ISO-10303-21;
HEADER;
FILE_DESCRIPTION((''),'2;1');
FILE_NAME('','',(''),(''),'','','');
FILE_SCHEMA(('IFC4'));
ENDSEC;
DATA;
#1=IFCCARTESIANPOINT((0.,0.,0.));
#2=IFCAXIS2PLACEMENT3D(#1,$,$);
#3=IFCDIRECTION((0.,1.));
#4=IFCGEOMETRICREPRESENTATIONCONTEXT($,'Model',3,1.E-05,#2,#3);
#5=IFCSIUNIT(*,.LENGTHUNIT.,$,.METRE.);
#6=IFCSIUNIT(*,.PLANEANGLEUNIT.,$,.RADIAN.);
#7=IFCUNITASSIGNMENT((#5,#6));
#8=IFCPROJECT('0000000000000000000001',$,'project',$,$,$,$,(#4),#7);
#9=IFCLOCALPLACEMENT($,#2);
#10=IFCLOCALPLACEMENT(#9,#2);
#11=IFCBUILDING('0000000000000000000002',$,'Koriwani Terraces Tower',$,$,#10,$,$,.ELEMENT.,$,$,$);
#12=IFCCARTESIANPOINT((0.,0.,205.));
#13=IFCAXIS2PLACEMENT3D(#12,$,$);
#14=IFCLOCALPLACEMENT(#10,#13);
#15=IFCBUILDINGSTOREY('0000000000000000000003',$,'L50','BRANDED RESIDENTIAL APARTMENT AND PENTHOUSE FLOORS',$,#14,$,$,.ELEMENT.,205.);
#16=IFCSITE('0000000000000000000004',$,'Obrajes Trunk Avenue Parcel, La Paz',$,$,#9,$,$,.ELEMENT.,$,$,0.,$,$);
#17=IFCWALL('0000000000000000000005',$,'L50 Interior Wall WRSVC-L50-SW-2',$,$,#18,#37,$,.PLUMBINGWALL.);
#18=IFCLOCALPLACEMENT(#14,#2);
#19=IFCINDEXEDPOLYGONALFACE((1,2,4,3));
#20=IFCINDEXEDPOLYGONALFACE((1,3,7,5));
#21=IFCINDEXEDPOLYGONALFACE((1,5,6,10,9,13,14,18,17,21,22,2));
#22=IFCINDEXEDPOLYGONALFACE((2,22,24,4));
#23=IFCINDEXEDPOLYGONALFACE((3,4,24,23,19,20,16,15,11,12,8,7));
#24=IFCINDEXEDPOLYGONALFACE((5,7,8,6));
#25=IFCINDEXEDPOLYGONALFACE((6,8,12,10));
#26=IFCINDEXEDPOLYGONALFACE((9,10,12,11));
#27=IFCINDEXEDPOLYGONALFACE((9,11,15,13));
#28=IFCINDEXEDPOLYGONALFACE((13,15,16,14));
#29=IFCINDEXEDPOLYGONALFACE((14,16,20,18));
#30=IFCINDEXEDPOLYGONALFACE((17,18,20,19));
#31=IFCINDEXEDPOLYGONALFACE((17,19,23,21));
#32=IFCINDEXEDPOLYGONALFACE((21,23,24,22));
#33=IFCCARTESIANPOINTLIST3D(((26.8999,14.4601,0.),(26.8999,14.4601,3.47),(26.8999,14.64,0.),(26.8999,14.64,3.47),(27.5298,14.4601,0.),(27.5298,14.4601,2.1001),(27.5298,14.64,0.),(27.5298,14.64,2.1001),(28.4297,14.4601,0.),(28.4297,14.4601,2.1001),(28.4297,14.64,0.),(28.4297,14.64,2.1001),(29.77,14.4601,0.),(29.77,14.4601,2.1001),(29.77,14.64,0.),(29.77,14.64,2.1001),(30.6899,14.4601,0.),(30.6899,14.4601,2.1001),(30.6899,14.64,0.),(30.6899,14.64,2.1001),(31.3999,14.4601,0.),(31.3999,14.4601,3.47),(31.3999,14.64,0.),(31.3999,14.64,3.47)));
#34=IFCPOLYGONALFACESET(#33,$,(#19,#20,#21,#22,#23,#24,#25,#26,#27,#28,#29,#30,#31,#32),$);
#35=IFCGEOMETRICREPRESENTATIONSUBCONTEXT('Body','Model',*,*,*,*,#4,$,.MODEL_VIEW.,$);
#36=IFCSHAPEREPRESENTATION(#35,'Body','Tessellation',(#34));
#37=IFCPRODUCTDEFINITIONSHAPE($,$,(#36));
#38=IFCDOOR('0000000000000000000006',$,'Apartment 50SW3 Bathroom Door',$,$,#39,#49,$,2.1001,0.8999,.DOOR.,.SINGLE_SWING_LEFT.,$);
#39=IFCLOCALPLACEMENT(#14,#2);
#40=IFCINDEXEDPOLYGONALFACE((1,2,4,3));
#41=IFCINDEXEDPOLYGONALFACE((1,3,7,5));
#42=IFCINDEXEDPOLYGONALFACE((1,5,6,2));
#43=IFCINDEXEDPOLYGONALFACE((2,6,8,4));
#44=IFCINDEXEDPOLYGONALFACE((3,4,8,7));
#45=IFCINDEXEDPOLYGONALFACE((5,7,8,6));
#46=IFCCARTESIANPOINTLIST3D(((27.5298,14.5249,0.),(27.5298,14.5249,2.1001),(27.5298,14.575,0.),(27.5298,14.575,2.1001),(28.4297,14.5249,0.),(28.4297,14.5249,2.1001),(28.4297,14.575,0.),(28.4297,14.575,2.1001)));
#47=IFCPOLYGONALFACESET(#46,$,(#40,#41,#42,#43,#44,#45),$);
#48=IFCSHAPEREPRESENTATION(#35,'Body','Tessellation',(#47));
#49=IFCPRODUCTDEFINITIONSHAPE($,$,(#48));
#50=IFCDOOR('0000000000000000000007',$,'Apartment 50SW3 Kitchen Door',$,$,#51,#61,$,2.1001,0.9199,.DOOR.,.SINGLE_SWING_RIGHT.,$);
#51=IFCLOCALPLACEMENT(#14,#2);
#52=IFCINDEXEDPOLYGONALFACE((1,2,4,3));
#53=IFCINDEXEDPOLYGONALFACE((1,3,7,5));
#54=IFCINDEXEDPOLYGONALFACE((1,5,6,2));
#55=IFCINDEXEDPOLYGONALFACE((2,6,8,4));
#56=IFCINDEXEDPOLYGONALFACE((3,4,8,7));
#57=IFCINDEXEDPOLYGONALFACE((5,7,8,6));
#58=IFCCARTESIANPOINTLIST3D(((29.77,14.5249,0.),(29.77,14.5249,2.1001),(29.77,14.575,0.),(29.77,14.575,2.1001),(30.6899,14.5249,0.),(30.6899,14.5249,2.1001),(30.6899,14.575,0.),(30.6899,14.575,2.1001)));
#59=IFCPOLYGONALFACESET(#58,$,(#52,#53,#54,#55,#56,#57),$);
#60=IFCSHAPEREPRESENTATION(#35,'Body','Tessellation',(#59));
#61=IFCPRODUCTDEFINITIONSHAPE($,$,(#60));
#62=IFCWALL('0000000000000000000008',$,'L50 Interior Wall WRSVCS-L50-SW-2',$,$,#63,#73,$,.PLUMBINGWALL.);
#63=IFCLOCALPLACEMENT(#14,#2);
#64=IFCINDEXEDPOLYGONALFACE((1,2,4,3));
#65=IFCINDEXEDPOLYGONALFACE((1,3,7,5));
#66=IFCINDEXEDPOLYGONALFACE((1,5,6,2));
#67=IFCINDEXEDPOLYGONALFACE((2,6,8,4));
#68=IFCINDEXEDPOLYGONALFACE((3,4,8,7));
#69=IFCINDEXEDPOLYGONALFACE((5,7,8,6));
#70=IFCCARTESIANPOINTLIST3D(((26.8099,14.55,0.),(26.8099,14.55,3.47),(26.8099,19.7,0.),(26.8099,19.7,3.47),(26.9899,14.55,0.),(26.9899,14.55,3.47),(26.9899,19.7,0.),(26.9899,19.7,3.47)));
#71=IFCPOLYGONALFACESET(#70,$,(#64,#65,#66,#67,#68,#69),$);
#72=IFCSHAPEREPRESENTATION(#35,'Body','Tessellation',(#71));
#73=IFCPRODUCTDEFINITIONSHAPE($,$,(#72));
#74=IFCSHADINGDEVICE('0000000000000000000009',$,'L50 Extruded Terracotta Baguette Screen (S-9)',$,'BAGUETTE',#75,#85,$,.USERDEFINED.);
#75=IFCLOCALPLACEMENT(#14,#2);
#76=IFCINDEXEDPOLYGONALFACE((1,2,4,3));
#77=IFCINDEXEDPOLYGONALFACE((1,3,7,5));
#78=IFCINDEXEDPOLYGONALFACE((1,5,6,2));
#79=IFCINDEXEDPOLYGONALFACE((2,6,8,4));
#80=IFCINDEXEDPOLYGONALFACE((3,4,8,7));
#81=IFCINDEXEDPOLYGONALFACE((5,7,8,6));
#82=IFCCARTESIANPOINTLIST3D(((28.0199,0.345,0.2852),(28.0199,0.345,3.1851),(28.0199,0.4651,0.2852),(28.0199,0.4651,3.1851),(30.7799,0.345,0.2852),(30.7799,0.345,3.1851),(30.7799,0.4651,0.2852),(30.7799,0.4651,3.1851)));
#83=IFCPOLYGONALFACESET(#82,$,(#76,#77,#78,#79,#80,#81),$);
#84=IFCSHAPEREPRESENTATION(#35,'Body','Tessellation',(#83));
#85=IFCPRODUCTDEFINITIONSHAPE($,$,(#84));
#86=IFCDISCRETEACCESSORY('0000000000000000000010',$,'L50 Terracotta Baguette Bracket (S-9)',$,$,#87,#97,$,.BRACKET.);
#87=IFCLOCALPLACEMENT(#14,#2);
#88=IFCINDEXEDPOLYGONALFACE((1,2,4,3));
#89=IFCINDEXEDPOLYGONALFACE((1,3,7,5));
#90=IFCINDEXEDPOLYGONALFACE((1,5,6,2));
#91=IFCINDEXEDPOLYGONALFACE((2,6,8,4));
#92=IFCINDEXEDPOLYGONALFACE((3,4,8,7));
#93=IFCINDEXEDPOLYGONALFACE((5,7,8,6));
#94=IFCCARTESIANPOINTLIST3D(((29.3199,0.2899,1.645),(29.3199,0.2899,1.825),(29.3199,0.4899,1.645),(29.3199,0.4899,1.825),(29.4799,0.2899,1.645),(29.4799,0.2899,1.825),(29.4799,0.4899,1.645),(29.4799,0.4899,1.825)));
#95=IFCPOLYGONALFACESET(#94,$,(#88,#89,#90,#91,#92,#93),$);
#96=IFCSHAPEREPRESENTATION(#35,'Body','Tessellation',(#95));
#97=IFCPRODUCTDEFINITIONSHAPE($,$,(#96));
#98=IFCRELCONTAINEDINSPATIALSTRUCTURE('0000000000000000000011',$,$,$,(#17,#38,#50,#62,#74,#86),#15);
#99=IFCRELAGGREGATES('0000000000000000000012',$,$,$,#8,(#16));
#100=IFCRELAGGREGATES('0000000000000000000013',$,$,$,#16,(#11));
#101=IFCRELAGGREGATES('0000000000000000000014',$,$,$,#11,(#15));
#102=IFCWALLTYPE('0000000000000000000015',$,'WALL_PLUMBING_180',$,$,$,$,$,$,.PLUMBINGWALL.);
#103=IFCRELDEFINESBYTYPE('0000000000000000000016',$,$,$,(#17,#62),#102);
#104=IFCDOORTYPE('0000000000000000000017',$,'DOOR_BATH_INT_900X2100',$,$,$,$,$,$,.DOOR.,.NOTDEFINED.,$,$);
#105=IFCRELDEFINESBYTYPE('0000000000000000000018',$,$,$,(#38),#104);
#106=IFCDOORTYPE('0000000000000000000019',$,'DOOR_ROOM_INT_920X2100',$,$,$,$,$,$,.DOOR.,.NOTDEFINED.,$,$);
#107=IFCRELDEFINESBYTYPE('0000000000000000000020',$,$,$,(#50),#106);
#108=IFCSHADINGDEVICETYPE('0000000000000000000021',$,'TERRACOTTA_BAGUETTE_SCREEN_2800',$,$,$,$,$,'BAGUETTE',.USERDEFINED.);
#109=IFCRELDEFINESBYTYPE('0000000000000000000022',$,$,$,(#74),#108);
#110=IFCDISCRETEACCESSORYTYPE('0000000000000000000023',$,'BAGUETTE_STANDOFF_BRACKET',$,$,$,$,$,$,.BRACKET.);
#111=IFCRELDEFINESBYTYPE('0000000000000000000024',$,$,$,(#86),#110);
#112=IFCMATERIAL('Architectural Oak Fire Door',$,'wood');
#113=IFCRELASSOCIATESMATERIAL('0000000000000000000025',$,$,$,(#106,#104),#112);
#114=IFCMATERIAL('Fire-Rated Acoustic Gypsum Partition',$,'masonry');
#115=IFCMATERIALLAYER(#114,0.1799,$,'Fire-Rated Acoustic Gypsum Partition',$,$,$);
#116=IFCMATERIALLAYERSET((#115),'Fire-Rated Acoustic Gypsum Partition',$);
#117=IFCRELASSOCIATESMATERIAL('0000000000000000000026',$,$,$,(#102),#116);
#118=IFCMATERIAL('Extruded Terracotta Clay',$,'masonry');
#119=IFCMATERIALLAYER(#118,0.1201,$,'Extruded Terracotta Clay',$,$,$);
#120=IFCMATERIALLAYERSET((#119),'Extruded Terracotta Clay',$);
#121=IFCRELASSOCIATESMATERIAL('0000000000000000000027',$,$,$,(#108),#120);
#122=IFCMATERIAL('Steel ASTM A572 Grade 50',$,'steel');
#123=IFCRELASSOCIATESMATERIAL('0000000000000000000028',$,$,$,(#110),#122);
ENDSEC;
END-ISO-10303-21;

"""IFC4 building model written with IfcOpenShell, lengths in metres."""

from ifc_helpers import new_model, si_unit, direction, frame, frame_2d, origin, origin_2d, place, context, subcontext, project, spatial, rectangle, extrude, material, layer, layer_set, type_object, element, fill, save


model = new_model("IFC4")

# Units and contexts
model_context = context("Model", 3, precision=1e-05, world=origin(), true_north=direction((0.0, 1.0)))
body_context = subcontext(model_context, "Body", "Model", "MODEL_VIEW")
ifc_project = project(units=[si_unit("LENGTHUNIT", "METRE"), si_unit("PLANEANGLEUNIT", "RADIAN")], contexts=[model_context])

# Site, building, storey
site_placement = place(None, origin())
site = spatial("IfcSite", under=ifc_project, at=site_placement, Name="Obrajes Trunk Avenue Parcel, La Paz", CompositionType="ELEMENT", RefElevation=0.0)
building_placement = place(site_placement, origin())
building = spatial("IfcBuilding", under=site, at=building_placement, Name="Koriwani Terraces Tower", CompositionType="ELEMENT")
storey_placement = place(building_placement, frame((0.0, 0.0, 205.0)))
storey = spatial("IfcBuildingStorey", under=building, at=storey_placement, Name="L50", Description="BRANDED RESIDENTIAL APARTMENT AND PENTHOUSE FLOORS", CompositionType="ELEMENT", Elevation=205.0)

# Shared definitions
ifc_material_1 = material(Name="Steel ASTM A572 Grade 50", Category="steel")

# Shared definitions
ifc_material_2 = material(Name="Architectural Oak Fire Door", Category="wood")
door_type_1 = type_object("IfcDoorType", Name="DOOR_ROOM_INT_920X2100", OperationType="NOTDEFINED", PredefinedType="DOOR", material=ifc_material_2)

# Shared definitions
ifc_material_3 = material(Name="Fire-Rated Acoustic Gypsum Partition", Category="masonry")

# Wall, openings, doors
ifc_layer_1 = layer(ifc_material_3, 0.1799, Name="Fire-Rated Acoustic Gypsum Partition")
ifc_layer_set_1 = layer_set([ifc_layer_1], Name="Fire-Rated Acoustic Gypsum Partition")
wall_type_1 = type_object("IfcWallType", Name="WALL_PLUMBING_180", PredefinedType="PLUMBINGWALL", material=ifc_layer_set_1)
wall_1_placement = place(storey_placement, frame((26.8999, 14.55, 0.0), z_axis=(0.0, 0.0, 1.0), x_axis=(1.0, 0.0, 0.0)))
wall_1 = element("IfcWall", 1, at=wall_1_placement, inside=storey, type_object=wall_type_1, Name="L50 Interior Wall WRSVC-L50-SW-2", PredefinedType="PLUMBINGWALL", context=body_context, shape_type="SweptSolid", body=[
    extrude(rectangle(XDim=4.5, YDim=0.1799, at=frame_2d((2.25, 0.0))), origin(), (0.0, 0.0, 1.0), 3.47),
])
opening_1_placement = place(wall_1_placement, frame((0.6299, 0.0, 0.0)))
opening_1 = element("IfcOpeningElement", 2, at=opening_1_placement, cuts=wall_1, PredefinedType="OPENING", context=body_context, shape_type="SweptSolid", body=[
    extrude(rectangle(XDim=0.8999, YDim=2.1001, at=frame_2d((0.45, 1.05))), frame((0.0, 0.1001, 0.0), z_axis=(0.0, -1.0, 0.0), x_axis=(1.0, 0.0, 0.0)), (0.0, 0.0, 1.0), 0.2),
])
opening_2_placement = place(wall_1_placement, frame((2.8701, 0.0, 0.0)))
opening_2 = element("IfcOpeningElement", 3, at=opening_2_placement, cuts=wall_1, PredefinedType="OPENING", context=body_context, shape_type="SweptSolid", body=[
    extrude(rectangle(XDim=0.9199, YDim=2.1001, at=frame_2d((0.46, 1.05))), frame((0.0, 0.1001, 0.0), z_axis=(0.0, -1.0, 0.0), x_axis=(1.0, 0.0, 0.0)), (0.0, 0.0, 1.0), 0.2),
])
door_type_2 = type_object("IfcDoorType", Name="DOOR_BATH_INT_900X2100", OperationType="NOTDEFINED", PredefinedType="DOOR", material=ifc_material_2)
door_1_placement = place(opening_1_placement, origin())
door_1 = element("IfcDoor", 4, at=door_1_placement, inside=storey, type_object=door_type_2, Name="Apartment 50SW3 Bathroom Door", OperationType="SINGLE_SWING_LEFT", OverallHeight=2.1001, OverallWidth=0.8999, PredefinedType="DOOR", context=body_context, shape_type="SweptSolid", body=[
    extrude(rectangle(XDim=0.8999, YDim=2.1001, at=frame_2d((0.45, 1.05))), frame((0.0, 0.0249, 0.0), z_axis=(0.0, -1.0, 0.0), x_axis=(1.0, 0.0, 0.0)), (0.0, 0.0, 1.0), 0.05),
])
fill(opening_1, door_1)
door_2_placement = place(opening_2_placement, origin())
door_2 = element("IfcDoor", 5, at=door_2_placement, inside=storey, type_object=door_type_1, Name="Apartment 50SW3 Kitchen Door", OperationType="SINGLE_SWING_RIGHT", OverallHeight=2.1001, OverallWidth=0.9199, PredefinedType="DOOR", context=body_context, shape_type="SweptSolid", body=[
    extrude(rectangle(XDim=0.9199, YDim=2.1001, at=frame_2d((0.46, 1.05))), frame((0.0, 0.0249, 0.0), z_axis=(0.0, -1.0, 0.0), x_axis=(1.0, 0.0, 0.0)), (0.0, 0.0, 1.0), 0.05),
])
fill(opening_2, door_2)

# Wall
wall_2_placement = place(storey_placement, frame((26.8999, 14.55, 0.0), z_axis=(0.0, 0.0, 1.0), x_axis=(0.0, 1.0, 0.0)))
element("IfcWall", 6, at=wall_2_placement, inside=storey, type_object=wall_type_1, Name="L50 Interior Wall WRSVCS-L50-SW-2", PredefinedType="PLUMBINGWALL", context=body_context, shape_type="SweptSolid", body=[
    extrude(rectangle(XDim=5.1499, YDim=0.1799, at=frame_2d((2.575, 0.0))), origin(), (0.0, 0.0, 1.0), 3.47),
])

# Shading device
ifc_material_4 = material(Name="Extruded Terracotta Clay", Category="masonry")
ifc_layer_2 = layer(ifc_material_4, 0.1201, Name="Extruded Terracotta Clay")
ifc_layer_set_2 = layer_set([ifc_layer_2], Name="Extruded Terracotta Clay")
shading_device_type = type_object("IfcShadingDeviceType", Name="TERRACOTTA_BAGUETTE_SCREEN_2800", ElementType="BAGUETTE", PredefinedType="USERDEFINED", material=ifc_layer_set_2)
shading_device_placement = place(storey_placement, frame((29.3999, 0.405, 0.2852), z_axis=(0.0, 0.0, 1.0), x_axis=(-1.0, 0.0, 0.0)))
element("IfcShadingDevice", 7, at=shading_device_placement, inside=storey, type_object=shading_device_type, Name="L50 Extruded Terracotta Baguette Screen (S-9)", ObjectType="BAGUETTE", PredefinedType="USERDEFINED", context=body_context, shape_type="SweptSolid", body=[
    extrude(rectangle(XDim=2.76, YDim=0.1201, at=origin_2d()), origin(), (0.0, 0.0, 1.0), 2.8999),
])

# Discrete accessory
discrete_accessory_type = type_object("IfcDiscreteAccessoryType", Name="BAGUETTE_STANDOFF_BRACKET", PredefinedType="BRACKET", material=ifc_material_1)
discrete_accessory_placement = place(storey_placement, frame((29.3999, 0.3899, 1.645), z_axis=(0.0, 0.0, 1.0), x_axis=(-1.0, 0.0, 0.0)))
element("IfcDiscreteAccessory", 8, at=discrete_accessory_placement, inside=storey, type_object=discrete_accessory_type, Name="L50 Terracotta Baguette Bracket (S-9)", PredefinedType="BRACKET", context=body_context, shape_type="SweptSolid", body=[
    extrude(rectangle(XDim=0.1599, YDim=0.2, at=origin_2d()), origin(), (0.0, 0.0, 1.0), 0.1799),
])

save(model, "model.ifc")
